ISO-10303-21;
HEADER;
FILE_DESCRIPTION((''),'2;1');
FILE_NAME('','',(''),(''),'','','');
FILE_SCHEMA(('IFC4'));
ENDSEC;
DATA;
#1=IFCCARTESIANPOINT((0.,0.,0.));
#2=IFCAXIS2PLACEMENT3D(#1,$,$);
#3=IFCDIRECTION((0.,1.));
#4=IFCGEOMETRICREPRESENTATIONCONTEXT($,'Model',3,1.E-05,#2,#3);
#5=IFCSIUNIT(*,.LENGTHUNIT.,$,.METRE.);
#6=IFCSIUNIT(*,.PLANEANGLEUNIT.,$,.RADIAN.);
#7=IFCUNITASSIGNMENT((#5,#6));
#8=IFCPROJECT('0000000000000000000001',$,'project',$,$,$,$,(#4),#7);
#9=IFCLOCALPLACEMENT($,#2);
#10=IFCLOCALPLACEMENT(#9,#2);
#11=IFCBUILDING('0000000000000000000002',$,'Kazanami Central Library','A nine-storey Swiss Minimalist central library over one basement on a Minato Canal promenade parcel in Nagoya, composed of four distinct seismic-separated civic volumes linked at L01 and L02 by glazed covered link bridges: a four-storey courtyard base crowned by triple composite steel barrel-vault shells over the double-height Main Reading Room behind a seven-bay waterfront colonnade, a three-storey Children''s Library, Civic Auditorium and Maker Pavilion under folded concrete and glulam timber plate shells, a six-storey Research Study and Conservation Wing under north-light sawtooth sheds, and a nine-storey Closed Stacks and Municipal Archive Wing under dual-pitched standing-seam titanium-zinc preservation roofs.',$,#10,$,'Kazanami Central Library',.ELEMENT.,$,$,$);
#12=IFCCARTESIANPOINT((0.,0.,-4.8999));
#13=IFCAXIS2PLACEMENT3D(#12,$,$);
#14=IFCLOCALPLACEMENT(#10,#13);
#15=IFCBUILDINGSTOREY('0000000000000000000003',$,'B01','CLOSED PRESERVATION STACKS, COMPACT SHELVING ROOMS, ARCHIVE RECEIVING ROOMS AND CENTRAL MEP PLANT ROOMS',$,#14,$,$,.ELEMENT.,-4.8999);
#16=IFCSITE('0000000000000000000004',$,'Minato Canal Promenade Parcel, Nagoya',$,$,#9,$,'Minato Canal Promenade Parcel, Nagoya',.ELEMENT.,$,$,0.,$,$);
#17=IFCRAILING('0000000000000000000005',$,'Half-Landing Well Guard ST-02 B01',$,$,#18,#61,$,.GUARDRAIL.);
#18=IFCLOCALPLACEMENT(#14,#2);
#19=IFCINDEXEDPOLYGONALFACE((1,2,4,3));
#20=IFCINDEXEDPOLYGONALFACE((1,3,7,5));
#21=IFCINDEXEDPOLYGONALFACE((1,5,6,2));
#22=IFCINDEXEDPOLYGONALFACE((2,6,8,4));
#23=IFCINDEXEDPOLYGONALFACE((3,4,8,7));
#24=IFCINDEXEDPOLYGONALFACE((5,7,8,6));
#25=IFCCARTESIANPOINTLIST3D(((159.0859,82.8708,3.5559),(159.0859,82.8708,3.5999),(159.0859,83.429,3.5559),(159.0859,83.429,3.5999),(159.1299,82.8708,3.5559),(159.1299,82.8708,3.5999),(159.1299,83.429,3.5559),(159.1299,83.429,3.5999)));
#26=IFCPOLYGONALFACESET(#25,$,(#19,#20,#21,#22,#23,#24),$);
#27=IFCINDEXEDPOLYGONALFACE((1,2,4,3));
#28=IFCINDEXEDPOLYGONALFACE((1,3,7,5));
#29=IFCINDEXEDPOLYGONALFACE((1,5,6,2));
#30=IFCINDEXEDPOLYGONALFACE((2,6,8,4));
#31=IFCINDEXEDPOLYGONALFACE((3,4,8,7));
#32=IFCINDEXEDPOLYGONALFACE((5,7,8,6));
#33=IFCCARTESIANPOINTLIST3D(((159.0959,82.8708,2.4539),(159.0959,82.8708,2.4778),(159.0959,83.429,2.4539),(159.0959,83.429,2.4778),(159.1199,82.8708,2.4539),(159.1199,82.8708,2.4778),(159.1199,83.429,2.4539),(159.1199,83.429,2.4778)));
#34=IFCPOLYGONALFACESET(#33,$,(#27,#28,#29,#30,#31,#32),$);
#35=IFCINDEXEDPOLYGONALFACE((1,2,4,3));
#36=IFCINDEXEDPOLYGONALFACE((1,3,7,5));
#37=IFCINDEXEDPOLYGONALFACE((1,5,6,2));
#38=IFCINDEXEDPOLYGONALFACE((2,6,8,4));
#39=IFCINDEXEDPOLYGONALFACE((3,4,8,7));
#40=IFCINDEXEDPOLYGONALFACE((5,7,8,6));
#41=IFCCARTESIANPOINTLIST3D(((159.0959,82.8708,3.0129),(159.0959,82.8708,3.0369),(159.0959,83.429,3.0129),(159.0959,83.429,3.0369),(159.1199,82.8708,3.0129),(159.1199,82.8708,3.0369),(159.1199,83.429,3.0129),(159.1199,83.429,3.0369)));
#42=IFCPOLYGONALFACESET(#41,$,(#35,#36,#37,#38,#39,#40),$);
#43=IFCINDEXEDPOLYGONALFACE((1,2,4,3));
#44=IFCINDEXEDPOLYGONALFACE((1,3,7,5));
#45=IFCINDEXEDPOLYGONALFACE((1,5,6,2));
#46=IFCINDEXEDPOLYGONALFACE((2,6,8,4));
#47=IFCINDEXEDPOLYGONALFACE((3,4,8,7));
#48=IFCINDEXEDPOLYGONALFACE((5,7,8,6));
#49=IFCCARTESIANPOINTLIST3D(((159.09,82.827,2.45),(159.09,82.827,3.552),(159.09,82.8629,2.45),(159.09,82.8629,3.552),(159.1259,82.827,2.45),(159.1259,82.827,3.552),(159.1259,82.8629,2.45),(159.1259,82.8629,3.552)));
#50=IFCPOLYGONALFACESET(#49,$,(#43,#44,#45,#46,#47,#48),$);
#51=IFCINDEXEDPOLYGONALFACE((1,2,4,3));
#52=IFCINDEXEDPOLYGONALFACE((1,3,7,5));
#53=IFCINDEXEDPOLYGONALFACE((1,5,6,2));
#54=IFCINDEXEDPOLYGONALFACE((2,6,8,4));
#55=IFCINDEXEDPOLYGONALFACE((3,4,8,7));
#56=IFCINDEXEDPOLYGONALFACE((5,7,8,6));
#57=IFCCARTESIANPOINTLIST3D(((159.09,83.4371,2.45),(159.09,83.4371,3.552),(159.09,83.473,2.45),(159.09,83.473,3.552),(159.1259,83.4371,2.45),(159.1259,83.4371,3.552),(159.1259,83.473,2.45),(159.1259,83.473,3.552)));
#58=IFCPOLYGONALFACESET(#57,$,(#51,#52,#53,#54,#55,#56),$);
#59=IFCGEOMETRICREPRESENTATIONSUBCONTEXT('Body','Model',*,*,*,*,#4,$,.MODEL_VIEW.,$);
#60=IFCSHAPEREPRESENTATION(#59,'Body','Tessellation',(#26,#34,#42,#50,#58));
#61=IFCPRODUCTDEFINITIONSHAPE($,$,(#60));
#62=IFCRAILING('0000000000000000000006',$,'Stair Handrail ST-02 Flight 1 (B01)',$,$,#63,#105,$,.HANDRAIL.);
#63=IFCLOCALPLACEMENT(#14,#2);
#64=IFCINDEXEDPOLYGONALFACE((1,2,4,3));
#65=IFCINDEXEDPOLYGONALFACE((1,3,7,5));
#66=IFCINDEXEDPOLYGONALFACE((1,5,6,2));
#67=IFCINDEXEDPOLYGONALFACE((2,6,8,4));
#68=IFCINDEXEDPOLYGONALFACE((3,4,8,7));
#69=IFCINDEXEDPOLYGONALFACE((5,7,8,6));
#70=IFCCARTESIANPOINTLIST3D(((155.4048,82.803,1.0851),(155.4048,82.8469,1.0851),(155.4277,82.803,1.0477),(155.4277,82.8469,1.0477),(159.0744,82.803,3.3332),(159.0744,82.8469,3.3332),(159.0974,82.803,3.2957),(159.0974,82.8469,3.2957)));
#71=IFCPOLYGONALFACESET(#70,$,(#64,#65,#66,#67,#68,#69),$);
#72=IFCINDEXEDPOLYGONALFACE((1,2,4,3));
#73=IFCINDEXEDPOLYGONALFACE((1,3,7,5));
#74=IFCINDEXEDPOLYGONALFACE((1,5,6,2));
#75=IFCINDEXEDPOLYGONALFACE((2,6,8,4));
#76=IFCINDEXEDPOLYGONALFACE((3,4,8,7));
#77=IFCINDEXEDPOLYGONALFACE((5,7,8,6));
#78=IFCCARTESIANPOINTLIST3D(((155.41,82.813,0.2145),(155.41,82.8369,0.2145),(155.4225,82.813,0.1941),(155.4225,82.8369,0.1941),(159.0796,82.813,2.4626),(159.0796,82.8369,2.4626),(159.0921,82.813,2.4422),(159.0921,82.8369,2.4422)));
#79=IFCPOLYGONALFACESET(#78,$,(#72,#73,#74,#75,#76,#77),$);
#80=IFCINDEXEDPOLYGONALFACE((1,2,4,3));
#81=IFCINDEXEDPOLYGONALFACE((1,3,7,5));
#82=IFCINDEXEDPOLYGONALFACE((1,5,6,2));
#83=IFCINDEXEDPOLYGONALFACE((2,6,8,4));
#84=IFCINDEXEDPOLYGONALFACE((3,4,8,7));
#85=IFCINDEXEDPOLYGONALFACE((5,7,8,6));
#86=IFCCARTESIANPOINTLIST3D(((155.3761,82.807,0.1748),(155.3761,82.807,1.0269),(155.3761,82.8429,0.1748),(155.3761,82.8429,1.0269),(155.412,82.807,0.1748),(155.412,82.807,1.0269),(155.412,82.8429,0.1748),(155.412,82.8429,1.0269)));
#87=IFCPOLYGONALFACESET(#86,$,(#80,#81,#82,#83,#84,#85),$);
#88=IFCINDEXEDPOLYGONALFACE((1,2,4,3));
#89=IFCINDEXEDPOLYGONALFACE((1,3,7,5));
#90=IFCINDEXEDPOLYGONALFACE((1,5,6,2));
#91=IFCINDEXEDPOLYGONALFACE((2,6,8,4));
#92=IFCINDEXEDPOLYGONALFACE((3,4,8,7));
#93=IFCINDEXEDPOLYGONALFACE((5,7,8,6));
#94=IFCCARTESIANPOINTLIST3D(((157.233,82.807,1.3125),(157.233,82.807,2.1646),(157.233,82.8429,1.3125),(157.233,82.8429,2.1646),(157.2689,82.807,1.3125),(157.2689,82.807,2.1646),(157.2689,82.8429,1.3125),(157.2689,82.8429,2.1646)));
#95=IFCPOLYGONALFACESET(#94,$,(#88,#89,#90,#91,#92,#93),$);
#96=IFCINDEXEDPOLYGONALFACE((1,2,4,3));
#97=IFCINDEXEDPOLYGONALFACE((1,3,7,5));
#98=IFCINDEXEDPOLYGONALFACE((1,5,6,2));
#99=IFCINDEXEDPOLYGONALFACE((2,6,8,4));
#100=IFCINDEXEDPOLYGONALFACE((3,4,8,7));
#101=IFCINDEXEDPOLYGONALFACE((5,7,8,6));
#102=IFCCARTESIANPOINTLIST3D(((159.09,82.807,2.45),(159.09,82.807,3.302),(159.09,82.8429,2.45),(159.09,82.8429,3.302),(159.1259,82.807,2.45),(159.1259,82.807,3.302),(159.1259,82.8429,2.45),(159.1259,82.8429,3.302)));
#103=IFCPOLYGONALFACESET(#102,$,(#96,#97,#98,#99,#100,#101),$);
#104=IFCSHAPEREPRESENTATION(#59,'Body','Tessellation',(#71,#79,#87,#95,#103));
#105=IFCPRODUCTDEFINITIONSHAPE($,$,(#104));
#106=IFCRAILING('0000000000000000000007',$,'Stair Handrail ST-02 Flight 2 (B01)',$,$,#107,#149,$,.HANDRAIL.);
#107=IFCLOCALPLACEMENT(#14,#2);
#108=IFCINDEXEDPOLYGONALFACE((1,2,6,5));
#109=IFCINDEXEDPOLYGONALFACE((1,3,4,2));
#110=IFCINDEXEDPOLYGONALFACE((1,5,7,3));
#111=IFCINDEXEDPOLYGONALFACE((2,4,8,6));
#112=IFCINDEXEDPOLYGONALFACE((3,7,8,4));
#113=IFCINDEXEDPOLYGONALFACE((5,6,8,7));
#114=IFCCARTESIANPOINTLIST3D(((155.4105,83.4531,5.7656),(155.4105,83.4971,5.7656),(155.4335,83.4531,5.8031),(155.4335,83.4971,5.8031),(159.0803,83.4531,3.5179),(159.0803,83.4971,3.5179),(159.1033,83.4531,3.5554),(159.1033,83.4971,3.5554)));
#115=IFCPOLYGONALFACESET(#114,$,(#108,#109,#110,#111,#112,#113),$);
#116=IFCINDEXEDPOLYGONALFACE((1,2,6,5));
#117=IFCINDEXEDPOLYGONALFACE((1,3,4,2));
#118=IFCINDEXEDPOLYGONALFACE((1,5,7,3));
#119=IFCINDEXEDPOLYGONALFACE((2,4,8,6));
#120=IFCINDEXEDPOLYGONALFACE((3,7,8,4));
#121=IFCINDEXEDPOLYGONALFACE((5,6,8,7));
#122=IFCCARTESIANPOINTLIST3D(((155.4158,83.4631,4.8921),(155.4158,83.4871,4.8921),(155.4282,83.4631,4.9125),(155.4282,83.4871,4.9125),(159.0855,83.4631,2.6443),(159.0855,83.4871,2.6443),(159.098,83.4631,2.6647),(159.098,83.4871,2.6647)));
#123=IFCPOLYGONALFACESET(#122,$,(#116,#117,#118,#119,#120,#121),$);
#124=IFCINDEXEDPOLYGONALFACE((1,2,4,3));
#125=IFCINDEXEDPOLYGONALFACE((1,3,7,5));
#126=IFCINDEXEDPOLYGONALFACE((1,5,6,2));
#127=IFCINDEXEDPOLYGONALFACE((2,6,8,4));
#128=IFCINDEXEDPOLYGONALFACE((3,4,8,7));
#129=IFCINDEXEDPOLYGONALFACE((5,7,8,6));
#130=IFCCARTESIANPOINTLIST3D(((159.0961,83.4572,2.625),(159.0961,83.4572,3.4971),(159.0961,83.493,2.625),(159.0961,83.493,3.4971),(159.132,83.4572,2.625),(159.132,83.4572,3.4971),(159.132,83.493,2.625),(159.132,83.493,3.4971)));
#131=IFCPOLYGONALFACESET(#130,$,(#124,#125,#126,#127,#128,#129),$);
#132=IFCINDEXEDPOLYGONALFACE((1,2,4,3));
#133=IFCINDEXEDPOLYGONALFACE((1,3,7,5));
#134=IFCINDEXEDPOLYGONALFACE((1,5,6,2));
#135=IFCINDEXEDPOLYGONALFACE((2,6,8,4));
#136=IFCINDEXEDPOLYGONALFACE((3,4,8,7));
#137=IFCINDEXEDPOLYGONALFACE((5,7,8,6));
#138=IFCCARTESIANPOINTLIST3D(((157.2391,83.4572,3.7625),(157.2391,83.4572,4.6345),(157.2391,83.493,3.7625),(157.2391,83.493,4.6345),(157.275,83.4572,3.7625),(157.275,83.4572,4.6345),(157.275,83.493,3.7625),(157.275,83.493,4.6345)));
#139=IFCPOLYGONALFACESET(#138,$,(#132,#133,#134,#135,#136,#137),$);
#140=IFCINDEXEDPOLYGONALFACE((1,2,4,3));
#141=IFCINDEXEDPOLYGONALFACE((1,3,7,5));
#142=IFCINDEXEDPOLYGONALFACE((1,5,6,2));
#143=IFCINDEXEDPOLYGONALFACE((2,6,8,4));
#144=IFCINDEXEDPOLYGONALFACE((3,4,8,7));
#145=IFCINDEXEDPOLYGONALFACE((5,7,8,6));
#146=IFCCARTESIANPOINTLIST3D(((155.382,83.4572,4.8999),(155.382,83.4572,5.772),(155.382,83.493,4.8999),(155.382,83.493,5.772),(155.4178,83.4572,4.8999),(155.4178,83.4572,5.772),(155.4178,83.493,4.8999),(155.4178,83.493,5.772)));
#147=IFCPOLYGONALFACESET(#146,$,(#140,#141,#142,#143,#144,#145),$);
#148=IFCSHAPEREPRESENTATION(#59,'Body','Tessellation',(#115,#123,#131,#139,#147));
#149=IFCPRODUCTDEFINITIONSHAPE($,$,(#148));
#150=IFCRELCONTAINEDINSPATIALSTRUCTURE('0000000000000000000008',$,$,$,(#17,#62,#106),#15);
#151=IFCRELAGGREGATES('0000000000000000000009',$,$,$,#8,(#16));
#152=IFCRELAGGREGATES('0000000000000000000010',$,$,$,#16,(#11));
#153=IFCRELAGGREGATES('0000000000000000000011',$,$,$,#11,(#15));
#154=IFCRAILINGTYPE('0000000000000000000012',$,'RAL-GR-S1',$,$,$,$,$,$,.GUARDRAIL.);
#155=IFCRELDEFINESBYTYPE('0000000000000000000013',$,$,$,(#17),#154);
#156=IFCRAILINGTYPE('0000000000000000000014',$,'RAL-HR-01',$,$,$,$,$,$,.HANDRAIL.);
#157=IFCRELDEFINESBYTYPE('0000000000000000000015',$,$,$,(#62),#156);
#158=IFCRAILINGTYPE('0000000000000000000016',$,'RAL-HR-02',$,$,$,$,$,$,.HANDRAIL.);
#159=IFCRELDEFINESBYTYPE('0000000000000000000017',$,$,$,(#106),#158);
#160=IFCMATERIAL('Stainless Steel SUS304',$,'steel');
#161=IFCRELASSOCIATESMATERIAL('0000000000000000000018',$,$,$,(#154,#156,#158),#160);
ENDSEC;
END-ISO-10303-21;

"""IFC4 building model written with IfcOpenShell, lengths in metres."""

from ifc_helpers import new_model, si_unit, direction, frame, origin, origin_2d, place, context, subcontext, project, spatial, rectangle, extrude, material, type_object, element, save


model = new_model("IFC4")

# Units and contexts
model_context = context("Model", 3, precision=1e-05, world=origin(), true_north=direction((0.0, 1.0)))
body_context = subcontext(model_context, "Body", "Model", "MODEL_VIEW")
ifc_project = project(units=[si_unit("LENGTHUNIT", "METRE"), si_unit("PLANEANGLEUNIT", "RADIAN")], contexts=[model_context])

# Site, building, storey
site_placement = place(None, origin())
site = spatial("IfcSite", under=ifc_project, at=site_placement, Name="Minato Canal Promenade Parcel, Nagoya", LongName="Minato Canal Promenade Parcel, Nagoya", CompositionType="ELEMENT", RefElevation=0.0)
building_placement = place(site_placement, origin())
building = spatial("IfcBuilding", under=site, at=building_placement, Name="Kazanami Central Library", Description="A nine-storey Swiss Minimalist central library over one basement on a Minato Canal promenade parcel in Nagoya, composed of four distinct seismic-separated civic volumes linked at L01 and L02 by glazed covered link bridges: a four-storey courtyard base crowned by triple composite steel barrel-vault shells over the double-height Main Reading Room behind a seven-bay waterfront colonnade, a three-storey Children's Library, Civic Auditorium and Maker Pavilion under folded concrete and glulam timber plate shells, a six-storey Research Study and Conservation Wing under north-light sawtooth sheds, and a nine-storey Closed Stacks and Municipal Archive Wing under dual-pitched standing-seam titanium-zinc preservation roofs.", LongName="Kazanami Central Library", CompositionType="ELEMENT")
storey_placement = place(building_placement, frame((0.0, 0.0, -4.8999)))
storey = spatial("IfcBuildingStorey", under=building, at=storey_placement, Name="B01", Description="CLOSED PRESERVATION STACKS, COMPACT SHELVING ROOMS, ARCHIVE RECEIVING ROOMS AND CENTRAL MEP PLANT ROOMS", CompositionType="ELEMENT", Elevation=-4.8999)

# Railings
ifc_material_1 = material(Name="Stainless Steel SUS304", Category="steel")
railing_type_1 = type_object("IfcRailingType", Name="RAL-GR-S1", PredefinedType="GUARDRAIL", material=ifc_material_1)
railing_1_placement = place(storey_placement, frame((159.1079, 82.845, 2.45)))
element("IfcRailing", 1, at=railing_1_placement, inside=storey, type_object=railing_type_1, Name="Half-Landing Well Guard ST-02 B01", PredefinedType="GUARDRAIL", context=body_context, shape_type="SweptSolid", body=[
    extrude(rectangle(XDim=0.0439, YDim=0.0439, at=origin_2d()), frame((0.0, 0.0259, 1.1279), z_axis=(0.0, 1.0, 0.0), x_axis=(-1.0, 0.0, 0.0)), (0.0, 0.0, 1.0), 0.5581),
    extrude(rectangle(XDim=0.0239, YDim=0.0239, at=origin_2d()), frame((0.0, 0.0259, 0.0159), z_axis=(0.0, 1.0, 0.0), x_axis=(-1.0, 0.0, 0.0)), (0.0, 0.0, 1.0), 0.5581),
    extrude(rectangle(XDim=0.0239, YDim=0.0239, at=origin_2d()), frame((0.0, 0.0259, 0.575), z_axis=(0.0, 1.0, 0.0), x_axis=(-1.0, 0.0, 0.0)), (0.0, 0.0, 1.0), 0.5581),
    extrude(rectangle(XDim=0.0359, YDim=0.0359, at=origin_2d()), origin(), (0.0, 0.0, 1.0), 1.1021),
    extrude(rectangle(XDim=0.0359, YDim=0.0359, at=origin_2d()), frame((0.0, 0.6101, 0.0)), (0.0, 0.0, 1.0), 1.1021),
])
railing_type_2 = type_object("IfcRailingType", Name="RAL-HR-01", PredefinedType="HANDRAIL", material=ifc_material_1)
railing_2_placement = place(storey_placement, frame((155.394, 82.825, 0.1748)))
element("IfcRailing", 2, at=railing_2_placement, inside=storey, type_object=railing_type_2, Name="Stair Handrail ST-02 Flight 1 (B01)", PredefinedType="HANDRAIL", context=body_context, shape_type="SweptSolid", body=[
    extrude(rectangle(XDim=0.0439, YDim=0.0439, at=origin_2d()), frame((0.0222, 0.0, 0.8916), z_axis=(0.852713, 0.0, 0.522379), x_axis=(0.0, 1.0, 0.0)), (0.0, 0.0, 1.0), 4.3035),
    extrude(rectangle(XDim=0.0239, YDim=0.0239, at=origin_2d()), frame((0.0222, 0.0, 0.0295), z_axis=(0.852713, 0.0, 0.522379), x_axis=(0.0, 1.0, 0.0)), (0.0, 0.0, 1.0), 4.3035),
    extrude(rectangle(XDim=0.0359, YDim=0.0359, at=origin_2d()), origin(), (0.0, 0.0, 1.0), 0.8521),
    extrude(rectangle(XDim=0.0359, YDim=0.0359, at=origin_2d()), frame((1.8569, 0.0, 1.1377)), (0.0, 0.0, 1.0), 0.8521),
    extrude(rectangle(XDim=0.0359, YDim=0.0359, at=origin_2d()), frame((3.7139, 0.0, 2.2751)), (0.0, 0.0, 1.0), 0.8521),
])
railing_type_3 = type_object("IfcRailingType", Name="RAL-HR-02", PredefinedType="HANDRAIL", material=ifc_material_1)
railing_3_placement = place(storey_placement, frame((159.114, 83.4751, 2.625)))
element("IfcRailing", 3, at=railing_3_placement, inside=storey, type_object=railing_type_3, Name="Stair Handrail ST-02 Flight 2 (B01)", PredefinedType="HANDRAIL", context=body_context, shape_type="SweptSolid", body=[
    extrude(rectangle(XDim=0.0439, YDim=0.0439, at=origin_2d()), frame((-0.0222, 0.0, 0.9116), z_axis=(-0.852753, 0.0, 0.522314), x_axis=(0.0, -1.0, 0.0)), (0.0, 0.0, 1.0), 4.3035),
    extrude(rectangle(XDim=0.0239, YDim=0.0239, at=origin_2d()), frame((-0.0222, 0.0, 0.0295), z_axis=(-0.852753, 0.0, 0.522314), x_axis=(0.0, -1.0, 0.0)), (0.0, 0.0, 1.0), 4.3035),
    extrude(rectangle(XDim=0.0359, YDim=0.0359, at=origin_2d()), origin(), (0.0, 0.0, 1.0), 0.8721),
    extrude(rectangle(XDim=0.0359, YDim=0.0359, at=origin_2d()), frame((-1.8569, 0.0, 1.1375)), (0.0, 0.0, 1.0), 0.8721),
    extrude(rectangle(XDim=0.0359, YDim=0.0359, at=origin_2d()), frame((-3.7141, 0.0, 2.2749)), (0.0, 0.0, 1.0), 0.8721),
])

save(model, "model.ifc")
